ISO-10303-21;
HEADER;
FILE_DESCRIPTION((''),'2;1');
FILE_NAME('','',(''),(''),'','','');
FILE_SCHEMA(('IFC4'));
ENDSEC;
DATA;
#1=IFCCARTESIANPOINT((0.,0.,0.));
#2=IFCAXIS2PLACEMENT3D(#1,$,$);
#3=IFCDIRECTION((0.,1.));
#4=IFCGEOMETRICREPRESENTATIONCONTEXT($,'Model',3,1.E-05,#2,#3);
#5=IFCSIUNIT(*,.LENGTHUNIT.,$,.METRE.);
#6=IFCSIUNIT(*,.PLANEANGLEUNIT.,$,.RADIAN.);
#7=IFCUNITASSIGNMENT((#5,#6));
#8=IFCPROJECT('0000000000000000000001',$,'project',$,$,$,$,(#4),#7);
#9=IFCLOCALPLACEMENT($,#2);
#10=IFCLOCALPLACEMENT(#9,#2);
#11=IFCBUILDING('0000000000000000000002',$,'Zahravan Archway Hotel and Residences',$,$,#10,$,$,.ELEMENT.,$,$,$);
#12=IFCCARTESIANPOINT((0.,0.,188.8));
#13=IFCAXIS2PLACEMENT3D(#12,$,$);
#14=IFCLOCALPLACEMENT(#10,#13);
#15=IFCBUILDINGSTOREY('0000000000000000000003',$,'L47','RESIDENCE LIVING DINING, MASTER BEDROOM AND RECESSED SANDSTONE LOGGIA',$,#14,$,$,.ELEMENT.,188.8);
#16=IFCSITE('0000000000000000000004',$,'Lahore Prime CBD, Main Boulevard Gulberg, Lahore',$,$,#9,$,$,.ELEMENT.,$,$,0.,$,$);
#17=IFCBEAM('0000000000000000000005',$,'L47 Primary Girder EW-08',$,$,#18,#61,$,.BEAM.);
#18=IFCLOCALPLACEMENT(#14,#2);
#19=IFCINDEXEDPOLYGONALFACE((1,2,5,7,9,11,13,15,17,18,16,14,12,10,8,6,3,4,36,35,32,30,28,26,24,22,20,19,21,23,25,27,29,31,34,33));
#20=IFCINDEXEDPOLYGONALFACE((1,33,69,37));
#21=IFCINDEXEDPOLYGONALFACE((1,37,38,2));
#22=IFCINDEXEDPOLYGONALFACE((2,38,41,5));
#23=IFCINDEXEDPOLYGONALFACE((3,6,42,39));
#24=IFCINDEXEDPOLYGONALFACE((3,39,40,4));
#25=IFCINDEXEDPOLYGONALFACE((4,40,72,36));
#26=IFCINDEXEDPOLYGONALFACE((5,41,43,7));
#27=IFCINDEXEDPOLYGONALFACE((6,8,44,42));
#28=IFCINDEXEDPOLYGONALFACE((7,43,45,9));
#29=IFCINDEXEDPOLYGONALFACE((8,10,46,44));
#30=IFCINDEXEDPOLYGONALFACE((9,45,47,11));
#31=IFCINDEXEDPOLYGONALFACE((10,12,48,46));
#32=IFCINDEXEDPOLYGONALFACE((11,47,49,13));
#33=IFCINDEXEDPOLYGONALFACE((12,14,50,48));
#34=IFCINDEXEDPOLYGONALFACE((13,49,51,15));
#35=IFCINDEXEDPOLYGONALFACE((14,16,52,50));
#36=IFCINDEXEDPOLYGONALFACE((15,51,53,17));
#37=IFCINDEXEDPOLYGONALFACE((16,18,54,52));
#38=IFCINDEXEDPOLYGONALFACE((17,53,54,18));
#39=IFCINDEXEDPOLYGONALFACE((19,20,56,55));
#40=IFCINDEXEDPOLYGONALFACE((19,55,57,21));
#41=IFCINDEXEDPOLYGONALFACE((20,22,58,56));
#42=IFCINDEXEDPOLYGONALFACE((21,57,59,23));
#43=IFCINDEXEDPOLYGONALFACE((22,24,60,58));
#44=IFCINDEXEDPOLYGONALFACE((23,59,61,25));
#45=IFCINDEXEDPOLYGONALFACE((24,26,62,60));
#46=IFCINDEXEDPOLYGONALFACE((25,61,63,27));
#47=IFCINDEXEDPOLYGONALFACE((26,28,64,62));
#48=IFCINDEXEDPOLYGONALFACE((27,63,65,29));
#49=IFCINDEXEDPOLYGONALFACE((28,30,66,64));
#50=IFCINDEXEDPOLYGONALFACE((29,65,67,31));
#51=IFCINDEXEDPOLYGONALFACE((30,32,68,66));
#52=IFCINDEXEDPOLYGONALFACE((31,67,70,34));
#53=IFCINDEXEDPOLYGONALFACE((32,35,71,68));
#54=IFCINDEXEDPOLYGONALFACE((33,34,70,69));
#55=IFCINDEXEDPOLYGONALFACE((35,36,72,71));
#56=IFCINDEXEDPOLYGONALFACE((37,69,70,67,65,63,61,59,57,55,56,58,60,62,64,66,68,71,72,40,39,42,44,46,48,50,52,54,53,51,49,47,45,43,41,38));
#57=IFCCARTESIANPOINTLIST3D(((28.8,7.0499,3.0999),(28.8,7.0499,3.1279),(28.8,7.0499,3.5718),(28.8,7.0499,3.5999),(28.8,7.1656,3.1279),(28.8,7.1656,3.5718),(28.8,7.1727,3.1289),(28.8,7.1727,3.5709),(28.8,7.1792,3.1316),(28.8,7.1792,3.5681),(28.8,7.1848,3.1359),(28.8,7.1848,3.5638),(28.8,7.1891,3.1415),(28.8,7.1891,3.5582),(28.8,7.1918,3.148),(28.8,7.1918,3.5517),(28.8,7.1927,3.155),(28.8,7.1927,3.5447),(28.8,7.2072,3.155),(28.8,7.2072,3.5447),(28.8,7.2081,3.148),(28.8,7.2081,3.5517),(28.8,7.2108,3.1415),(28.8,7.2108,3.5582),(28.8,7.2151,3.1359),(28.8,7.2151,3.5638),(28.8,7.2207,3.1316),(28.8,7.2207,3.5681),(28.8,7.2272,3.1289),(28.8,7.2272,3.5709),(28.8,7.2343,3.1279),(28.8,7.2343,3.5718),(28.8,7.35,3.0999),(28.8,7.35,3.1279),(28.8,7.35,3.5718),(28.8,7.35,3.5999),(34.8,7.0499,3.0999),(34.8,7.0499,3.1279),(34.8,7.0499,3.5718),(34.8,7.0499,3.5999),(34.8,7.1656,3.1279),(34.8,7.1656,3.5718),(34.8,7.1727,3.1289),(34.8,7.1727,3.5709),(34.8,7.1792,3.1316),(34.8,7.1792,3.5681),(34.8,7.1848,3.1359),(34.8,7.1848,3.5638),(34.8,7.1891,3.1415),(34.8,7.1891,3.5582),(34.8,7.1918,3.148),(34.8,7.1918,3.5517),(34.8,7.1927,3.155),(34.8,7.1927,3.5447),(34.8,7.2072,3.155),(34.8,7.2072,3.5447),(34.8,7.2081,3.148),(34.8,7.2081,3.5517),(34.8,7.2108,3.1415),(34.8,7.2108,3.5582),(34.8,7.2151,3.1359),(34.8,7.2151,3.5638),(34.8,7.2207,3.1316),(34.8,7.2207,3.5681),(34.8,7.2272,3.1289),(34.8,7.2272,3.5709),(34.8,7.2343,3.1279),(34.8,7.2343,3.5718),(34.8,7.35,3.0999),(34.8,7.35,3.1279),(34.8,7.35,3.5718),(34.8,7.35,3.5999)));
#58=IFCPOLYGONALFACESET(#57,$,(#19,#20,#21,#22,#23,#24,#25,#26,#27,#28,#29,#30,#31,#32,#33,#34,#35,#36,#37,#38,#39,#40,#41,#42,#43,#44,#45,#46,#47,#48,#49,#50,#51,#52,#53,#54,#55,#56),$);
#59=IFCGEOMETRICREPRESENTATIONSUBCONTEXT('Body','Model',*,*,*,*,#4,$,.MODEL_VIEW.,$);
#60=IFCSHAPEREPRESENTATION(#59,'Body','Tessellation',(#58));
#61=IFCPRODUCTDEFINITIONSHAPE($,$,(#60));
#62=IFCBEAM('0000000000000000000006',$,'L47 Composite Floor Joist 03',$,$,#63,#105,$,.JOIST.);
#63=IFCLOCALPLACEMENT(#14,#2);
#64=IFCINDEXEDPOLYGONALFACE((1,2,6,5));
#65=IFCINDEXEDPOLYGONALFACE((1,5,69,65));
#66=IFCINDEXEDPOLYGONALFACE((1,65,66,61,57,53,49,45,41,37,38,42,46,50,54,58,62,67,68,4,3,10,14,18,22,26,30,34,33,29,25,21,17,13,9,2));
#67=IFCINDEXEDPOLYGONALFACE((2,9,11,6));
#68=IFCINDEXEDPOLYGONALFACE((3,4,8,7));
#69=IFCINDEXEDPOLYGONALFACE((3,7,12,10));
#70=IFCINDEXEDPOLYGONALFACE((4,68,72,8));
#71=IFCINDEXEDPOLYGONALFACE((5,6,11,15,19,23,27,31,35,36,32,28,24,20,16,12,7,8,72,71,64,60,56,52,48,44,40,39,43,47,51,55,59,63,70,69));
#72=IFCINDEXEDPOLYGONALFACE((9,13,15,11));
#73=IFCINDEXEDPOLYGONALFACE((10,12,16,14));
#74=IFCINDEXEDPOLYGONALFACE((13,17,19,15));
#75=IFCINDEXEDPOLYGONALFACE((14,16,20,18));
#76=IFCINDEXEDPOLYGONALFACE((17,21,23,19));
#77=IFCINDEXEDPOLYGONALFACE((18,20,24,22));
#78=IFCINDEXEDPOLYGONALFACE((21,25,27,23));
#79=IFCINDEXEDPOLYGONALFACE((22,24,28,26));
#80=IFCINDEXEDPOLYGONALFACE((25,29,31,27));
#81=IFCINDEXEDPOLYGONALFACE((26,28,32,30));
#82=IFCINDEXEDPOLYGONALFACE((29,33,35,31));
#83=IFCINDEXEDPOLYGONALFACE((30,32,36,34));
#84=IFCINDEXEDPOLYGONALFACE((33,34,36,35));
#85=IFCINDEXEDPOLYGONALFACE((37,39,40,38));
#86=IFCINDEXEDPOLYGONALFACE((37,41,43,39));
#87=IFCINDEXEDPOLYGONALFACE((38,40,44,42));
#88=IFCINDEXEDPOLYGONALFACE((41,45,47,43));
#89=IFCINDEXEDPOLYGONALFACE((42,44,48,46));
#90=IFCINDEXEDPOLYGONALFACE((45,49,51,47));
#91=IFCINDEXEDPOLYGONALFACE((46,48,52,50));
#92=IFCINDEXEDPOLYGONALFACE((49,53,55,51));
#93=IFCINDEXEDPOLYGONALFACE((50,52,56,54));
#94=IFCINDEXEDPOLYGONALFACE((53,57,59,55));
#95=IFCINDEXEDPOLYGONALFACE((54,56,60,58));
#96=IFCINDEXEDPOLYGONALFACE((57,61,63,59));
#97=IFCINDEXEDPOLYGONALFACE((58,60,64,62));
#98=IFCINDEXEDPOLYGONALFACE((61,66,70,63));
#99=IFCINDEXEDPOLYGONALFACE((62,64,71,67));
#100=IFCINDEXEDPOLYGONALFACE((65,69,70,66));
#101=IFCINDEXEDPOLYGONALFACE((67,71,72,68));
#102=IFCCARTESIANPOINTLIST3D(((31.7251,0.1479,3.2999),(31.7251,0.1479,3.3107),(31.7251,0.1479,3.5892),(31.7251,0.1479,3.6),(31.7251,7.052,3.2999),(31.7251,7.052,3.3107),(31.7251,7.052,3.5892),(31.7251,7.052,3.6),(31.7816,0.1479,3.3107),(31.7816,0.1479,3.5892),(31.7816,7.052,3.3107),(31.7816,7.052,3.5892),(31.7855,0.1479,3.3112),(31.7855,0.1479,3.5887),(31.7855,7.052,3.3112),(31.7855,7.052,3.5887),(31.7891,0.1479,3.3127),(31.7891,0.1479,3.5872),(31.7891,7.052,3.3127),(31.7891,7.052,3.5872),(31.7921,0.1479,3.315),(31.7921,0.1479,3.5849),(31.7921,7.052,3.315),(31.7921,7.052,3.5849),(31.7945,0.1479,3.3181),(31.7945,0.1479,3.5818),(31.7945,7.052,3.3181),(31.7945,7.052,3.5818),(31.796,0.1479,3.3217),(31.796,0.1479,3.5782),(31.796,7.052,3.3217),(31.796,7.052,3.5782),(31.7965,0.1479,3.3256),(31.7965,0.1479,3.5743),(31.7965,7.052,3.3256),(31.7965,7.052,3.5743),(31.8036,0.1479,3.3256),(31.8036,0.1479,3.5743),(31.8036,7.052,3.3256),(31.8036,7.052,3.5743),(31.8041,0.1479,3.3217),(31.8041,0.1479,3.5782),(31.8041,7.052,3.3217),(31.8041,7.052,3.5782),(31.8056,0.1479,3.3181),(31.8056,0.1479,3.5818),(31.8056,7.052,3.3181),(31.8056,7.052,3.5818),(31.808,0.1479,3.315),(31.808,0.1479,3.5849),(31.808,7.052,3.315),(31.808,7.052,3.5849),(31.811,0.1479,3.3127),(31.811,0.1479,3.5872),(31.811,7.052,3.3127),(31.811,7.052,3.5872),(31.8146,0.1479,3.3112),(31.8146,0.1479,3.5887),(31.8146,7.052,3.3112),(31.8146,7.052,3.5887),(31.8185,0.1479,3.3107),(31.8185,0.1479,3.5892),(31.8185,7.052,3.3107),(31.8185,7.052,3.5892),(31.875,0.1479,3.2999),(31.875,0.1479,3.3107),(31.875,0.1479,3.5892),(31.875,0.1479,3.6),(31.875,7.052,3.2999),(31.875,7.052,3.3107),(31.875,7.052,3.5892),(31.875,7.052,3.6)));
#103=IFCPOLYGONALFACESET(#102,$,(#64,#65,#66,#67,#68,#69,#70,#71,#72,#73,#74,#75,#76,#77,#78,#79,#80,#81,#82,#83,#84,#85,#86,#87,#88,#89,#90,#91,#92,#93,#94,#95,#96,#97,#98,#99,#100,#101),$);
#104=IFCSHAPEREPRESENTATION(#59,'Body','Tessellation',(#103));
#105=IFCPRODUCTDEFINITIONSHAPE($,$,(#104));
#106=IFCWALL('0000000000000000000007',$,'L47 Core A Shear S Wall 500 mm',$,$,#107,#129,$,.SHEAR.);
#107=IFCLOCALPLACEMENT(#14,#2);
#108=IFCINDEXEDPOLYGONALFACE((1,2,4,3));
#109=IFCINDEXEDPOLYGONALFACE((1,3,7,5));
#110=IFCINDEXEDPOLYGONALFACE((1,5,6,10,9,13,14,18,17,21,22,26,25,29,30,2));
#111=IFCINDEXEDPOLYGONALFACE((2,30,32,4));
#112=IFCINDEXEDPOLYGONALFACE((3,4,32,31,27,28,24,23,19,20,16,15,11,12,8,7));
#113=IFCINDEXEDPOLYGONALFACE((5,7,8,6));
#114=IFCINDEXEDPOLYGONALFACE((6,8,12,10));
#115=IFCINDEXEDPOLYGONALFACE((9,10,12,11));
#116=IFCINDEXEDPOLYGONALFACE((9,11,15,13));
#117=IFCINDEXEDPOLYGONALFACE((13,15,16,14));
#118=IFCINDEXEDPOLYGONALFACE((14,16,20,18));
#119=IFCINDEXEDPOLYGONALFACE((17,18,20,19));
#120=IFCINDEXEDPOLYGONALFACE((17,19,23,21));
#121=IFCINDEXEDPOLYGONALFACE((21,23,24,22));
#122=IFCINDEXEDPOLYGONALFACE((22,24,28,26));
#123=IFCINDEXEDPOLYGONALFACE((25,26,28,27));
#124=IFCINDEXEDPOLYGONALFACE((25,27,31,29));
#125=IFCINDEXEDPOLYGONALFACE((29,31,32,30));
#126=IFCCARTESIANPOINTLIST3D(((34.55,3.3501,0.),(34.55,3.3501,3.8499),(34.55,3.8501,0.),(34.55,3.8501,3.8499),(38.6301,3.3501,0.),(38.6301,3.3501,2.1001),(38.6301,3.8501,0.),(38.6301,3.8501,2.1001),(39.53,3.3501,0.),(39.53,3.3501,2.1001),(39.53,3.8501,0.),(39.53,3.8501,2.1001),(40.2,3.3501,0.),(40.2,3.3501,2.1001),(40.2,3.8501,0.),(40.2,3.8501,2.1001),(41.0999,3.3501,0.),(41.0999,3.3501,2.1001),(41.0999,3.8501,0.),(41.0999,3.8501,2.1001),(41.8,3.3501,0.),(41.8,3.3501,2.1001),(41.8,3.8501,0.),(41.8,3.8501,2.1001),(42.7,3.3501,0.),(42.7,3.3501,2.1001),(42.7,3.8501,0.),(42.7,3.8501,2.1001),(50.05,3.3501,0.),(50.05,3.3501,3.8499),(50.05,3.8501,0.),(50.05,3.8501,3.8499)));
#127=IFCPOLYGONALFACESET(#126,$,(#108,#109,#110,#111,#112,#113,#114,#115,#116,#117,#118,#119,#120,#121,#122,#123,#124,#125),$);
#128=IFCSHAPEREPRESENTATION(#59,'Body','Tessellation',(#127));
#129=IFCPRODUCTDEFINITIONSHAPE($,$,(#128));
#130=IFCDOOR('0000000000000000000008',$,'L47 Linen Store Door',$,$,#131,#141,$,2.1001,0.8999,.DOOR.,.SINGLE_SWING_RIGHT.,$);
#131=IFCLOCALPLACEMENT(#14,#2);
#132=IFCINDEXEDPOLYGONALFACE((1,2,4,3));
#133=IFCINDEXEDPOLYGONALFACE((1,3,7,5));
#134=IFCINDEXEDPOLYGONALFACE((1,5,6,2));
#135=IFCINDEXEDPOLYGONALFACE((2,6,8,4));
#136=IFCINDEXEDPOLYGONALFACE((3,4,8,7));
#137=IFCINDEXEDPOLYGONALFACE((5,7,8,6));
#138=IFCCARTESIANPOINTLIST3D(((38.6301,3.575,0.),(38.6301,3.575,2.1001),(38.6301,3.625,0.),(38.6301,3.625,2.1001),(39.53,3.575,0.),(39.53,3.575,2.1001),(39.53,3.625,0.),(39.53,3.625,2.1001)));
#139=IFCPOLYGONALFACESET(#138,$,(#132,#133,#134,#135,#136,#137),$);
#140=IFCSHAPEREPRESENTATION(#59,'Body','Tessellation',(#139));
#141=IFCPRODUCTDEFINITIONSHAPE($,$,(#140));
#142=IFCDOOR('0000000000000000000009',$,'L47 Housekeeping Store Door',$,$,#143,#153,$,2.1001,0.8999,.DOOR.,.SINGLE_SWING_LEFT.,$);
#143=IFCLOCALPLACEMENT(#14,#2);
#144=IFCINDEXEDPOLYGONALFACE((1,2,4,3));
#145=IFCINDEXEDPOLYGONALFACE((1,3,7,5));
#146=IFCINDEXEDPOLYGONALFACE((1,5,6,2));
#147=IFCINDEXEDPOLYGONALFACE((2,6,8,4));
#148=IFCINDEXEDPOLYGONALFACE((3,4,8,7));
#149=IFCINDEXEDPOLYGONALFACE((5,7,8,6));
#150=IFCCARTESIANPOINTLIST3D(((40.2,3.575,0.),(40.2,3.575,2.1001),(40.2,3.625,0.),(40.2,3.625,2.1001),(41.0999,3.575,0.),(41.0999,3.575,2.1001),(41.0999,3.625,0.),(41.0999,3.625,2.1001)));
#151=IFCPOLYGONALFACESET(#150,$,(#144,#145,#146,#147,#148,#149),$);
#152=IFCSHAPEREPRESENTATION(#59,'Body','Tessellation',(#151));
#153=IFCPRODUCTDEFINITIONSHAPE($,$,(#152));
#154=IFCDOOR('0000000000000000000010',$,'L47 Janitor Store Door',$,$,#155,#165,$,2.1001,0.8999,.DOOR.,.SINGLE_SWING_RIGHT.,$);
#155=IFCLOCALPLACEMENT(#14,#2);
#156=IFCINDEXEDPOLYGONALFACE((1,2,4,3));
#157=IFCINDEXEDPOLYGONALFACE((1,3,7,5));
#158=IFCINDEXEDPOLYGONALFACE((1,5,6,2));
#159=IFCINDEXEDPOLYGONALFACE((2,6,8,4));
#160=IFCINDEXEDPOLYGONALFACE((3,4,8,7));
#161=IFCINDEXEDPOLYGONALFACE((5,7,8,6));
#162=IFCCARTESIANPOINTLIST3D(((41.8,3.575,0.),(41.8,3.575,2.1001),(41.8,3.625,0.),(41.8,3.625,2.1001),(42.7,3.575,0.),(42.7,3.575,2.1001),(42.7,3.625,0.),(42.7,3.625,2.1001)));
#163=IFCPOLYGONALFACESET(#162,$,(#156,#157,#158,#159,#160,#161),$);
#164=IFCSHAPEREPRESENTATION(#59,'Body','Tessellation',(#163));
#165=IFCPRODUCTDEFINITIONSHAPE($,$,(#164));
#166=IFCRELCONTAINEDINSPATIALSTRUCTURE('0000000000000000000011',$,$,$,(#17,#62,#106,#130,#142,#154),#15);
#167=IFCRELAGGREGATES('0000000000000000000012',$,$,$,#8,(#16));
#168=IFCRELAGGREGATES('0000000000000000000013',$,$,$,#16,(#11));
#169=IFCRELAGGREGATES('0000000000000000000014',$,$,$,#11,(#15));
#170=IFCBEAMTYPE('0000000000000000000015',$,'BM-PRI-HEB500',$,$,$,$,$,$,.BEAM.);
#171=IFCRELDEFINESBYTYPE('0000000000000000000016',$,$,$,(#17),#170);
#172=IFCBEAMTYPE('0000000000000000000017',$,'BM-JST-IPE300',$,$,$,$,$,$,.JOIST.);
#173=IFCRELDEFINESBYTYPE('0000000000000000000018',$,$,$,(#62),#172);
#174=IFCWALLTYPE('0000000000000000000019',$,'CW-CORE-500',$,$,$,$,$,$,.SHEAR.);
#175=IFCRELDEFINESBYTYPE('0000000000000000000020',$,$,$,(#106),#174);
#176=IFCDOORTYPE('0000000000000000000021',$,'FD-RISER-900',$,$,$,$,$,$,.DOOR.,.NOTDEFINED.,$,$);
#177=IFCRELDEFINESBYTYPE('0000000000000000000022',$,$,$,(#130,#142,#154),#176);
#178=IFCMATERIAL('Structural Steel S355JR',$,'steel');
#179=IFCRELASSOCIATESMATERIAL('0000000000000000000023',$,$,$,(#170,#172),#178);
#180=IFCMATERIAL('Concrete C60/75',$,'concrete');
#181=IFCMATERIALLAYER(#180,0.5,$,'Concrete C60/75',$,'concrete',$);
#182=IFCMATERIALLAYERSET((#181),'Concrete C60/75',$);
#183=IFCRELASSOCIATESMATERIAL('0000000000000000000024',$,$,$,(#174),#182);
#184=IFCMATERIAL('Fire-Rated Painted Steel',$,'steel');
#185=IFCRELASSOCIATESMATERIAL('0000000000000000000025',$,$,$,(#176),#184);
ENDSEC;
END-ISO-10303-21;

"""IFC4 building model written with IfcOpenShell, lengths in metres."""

from ifc_helpers import new_model, si_unit, direction, frame, frame_2d, origin, origin_2d, place, context, subcontext, project, spatial, rectangle, i_section, extrude, source, transform, mapped, material, layer, layer_set, material_profile, profile_set, type_object, type_shapes, element, fill, save


model = new_model("IFC4")

# Units and contexts
model_context = context("Model", 3, precision=1e-05, world=origin(), true_north=direction((0.0, 1.0)))
body_context = subcontext(model_context, "Body", "Model", "MODEL_VIEW")
ifc_project = project(units=[si_unit("LENGTHUNIT", "METRE"), si_unit("PLANEANGLEUNIT", "RADIAN")], contexts=[model_context])

# Site, building, storey
site_placement = place(None, origin())
site = spatial("IfcSite", under=ifc_project, at=site_placement, Name="Lahore Prime CBD, Main Boulevard Gulberg, Lahore", CompositionType="ELEMENT", RefElevation=0.0)
building_placement = place(site_placement, origin())
building = spatial("IfcBuilding", under=site, at=building_placement, Name="Zahravan Archway Hotel and Residences", CompositionType="ELEMENT")
storey_placement = place(building_placement, frame((0.0, 0.0, 188.8)))
storey = spatial("IfcBuildingStorey", under=building, at=storey_placement, Name="L47", Description="RESIDENCE LIVING DINING, MASTER BEDROOM AND RECESSED SANDSTONE LOGGIA", CompositionType="ELEMENT", Elevation=188.8)

# Shared definitions
ifc_material_1 = material(Name="Concrete C60/75", Category="concrete")

# Beams
ifc_material_2 = material(Name="Structural Steel S355JR", Category="steel")
ifc_material_profile_1 = material_profile(ifc_material_2, i_section(OverallWidth=0.3, OverallDepth=0.5, WebThickness=0.0144, FlangeThickness=0.0281, FilletRadius=0.0271, at=origin_2d()), Name="HEB 500", Category="steel")
ifc_profile_set_1 = profile_set([ifc_material_profile_1], Name="Structural Steel S355JR")
beam_type_1 = type_object("IfcBeamType", Name="BM-PRI-HEB500", PredefinedType="BEAM", material=ifc_profile_set_1)
shared_shape_1 = source(origin(), body_context, "Body", "SweptSolid", [
    extrude(i_section(OverallWidth=0.3, OverallDepth=0.5, WebThickness=0.0144, FlangeThickness=0.0281, FilletRadius=0.0271, at=origin_2d()), origin(), (0.0, 0.0, 1.0), 6.0),
])
for number, where, z_axis, x_axis, name in (
    (1, (28.8, 7.2, 3.3499), (1.0, 0.0, 0.0), (0.0, 1.0, 0.0), "L47 Primary Girder EW-08"),
):
    element("IfcBeam", number, at=place(storey_placement, frame(where, z_axis=z_axis, x_axis=x_axis)), inside=storey, type_object=beam_type_1, Name=name, PredefinedType="BEAM", context=body_context, shape_type="MappedRepresentation", body=[
        mapped(shared_shape_1, transform((0.0, 0.0, 0.0), scale=1.0)),
    ])
ifc_material_profile_2 = material_profile(ifc_material_2, i_section(OverallWidth=0.1499, OverallDepth=0.3, WebThickness=0.0071, FlangeThickness=0.0107, FilletRadius=0.0149, at=origin_2d()), Name="IPE 300", Category="steel")
ifc_profile_set_2 = profile_set([ifc_material_profile_2], Name="Structural Steel S355JR")
beam_type_2 = type_object("IfcBeamType", Name="BM-JST-IPE300", PredefinedType="JOIST", material=ifc_profile_set_2)
shared_shape_2 = source(origin(), body_context, "Body", "SweptSolid", [
    extrude(i_section(OverallWidth=0.1499, OverallDepth=0.3, WebThickness=0.0071, FlangeThickness=0.0107, FilletRadius=0.0149, at=origin_2d()), origin(), (0.0, 0.0, 1.0), 6.9041),
])
type_shapes(beam_type_2, [shared_shape_2])
beam_placement = place(storey_placement, frame((31.8, 0.1479, 3.45), z_axis=(0.0, 1.0, 0.0), x_axis=(-1.0, 0.0, 0.0)))
element("IfcBeam", 2, at=beam_placement, inside=storey, type_object=beam_type_2, Name="L47 Composite Floor Joist 03", PredefinedType="JOIST", context=body_context, shape_type="MappedRepresentation", body=[
    mapped(shared_shape_2, transform((0.0, 0.0, 0.0), scale=1.0)),
])

# Wall, openings, doors
ifc_layer_1 = layer(ifc_material_1, 0.5, Name="Concrete C60/75", Category="concrete")
ifc_layer_set_1 = layer_set([ifc_layer_1], Name="Concrete C60/75")
wall_type_1 = type_object("IfcWallType", Name="CW-CORE-500", PredefinedType="SHEAR", material=ifc_layer_set_1)
wall_1_placement = place(storey_placement, frame((34.55, 3.6001, 0.0), z_axis=(0.0, 0.0, 1.0), x_axis=(1.0, 0.0, 0.0)))
wall_1 = element("IfcWall", 3, at=wall_1_placement, inside=storey, type_object=wall_type_1, Name="L47 Core A Shear S Wall 500 mm", PredefinedType="SHEAR", context=body_context, shape_type="SweptSolid", body=[
    extrude(rectangle(XDim=15.5, YDim=0.5, at=frame_2d((7.75, 0.0))), origin(), (0.0, 0.0, 1.0), 3.8499),
])
opening_1_placement = place(wall_1_placement, frame((4.0801, 0.0, 0.0)))
opening_1 = element("IfcOpeningElement", 4, at=opening_1_placement, cuts=wall_1, PredefinedType="OPENING", context=body_context, shape_type="SweptSolid", body=[
    extrude(rectangle(XDim=0.8999, YDim=2.1001, at=frame_2d((0.45, 1.05))), frame((0.0, 0.26, 0.0), z_axis=(0.0, -1.0, 0.0), x_axis=(1.0, 0.0, 0.0)), (0.0, 0.0, 1.0), 0.52),
])
opening_2_placement = place(wall_1_placement, frame((5.6499, 0.0, 0.0)))
opening_2 = element("IfcOpeningElement", 5, at=opening_2_placement, cuts=wall_1, PredefinedType="OPENING", context=body_context, shape_type="SweptSolid", body=[
    extrude(rectangle(XDim=0.8999, YDim=2.1001, at=frame_2d((0.45, 1.05))), frame((0.0, 0.26, 0.0), z_axis=(0.0, -1.0, 0.0), x_axis=(1.0, 0.0, 0.0)), (0.0, 0.0, 1.0), 0.52),
])
opening_3_placement = place(wall_1_placement, frame((7.25, 0.0, 0.0)))
opening_3 = element("IfcOpeningElement", 6, at=opening_3_placement, cuts=wall_1, PredefinedType="OPENING", context=body_context, shape_type="SweptSolid", body=[
    extrude(rectangle(XDim=0.8999, YDim=2.1001, at=frame_2d((0.45, 1.05))), frame((0.0, 0.26, 0.0), z_axis=(0.0, -1.0, 0.0), x_axis=(1.0, 0.0, 0.0)), (0.0, 0.0, 1.0), 0.52),
])
ifc_material_3 = material(Name="Fire-Rated Painted Steel", Category="steel")
door_type_1 = type_object("IfcDoorType", Name="FD-RISER-900", OperationType="NOTDEFINED", PredefinedType="DOOR", material=ifc_material_3)
shared_shape_3 = source(origin(), body_context, "Body", "SweptSolid", [
    extrude(rectangle(XDim=0.8999, YDim=2.1001, at=frame_2d((0.45, 1.05))), frame((0.0, 0.0249, 0.0), z_axis=(0.0, -1.0, 0.0), x_axis=(1.0, 0.0, 0.0)), (0.0, 0.0, 1.0), 0.05),
])
type_shapes(door_type_1, [shared_shape_3])
door_1_placement = place(opening_1_placement, origin())
door_1 = element("IfcDoor", 7, at=door_1_placement, inside=storey, type_object=door_type_1, Name="L47 Linen Store Door", OperationType="SINGLE_SWING_RIGHT", OverallHeight=2.1001, OverallWidth=0.8999, PredefinedType="DOOR", context=body_context, shape_type="MappedRepresentation", body=[
    mapped(shared_shape_3, transform((0.0, 0.0, 0.0), scale=1.0)),
])
fill(opening_1, door_1)
door_2_placement = place(opening_2_placement, origin())
door_2 = element("IfcDoor", 8, at=door_2_placement, inside=storey, type_object=door_type_1, Name="L47 Housekeeping Store Door", OperationType="SINGLE_SWING_LEFT", OverallHeight=2.1001, OverallWidth=0.8999, PredefinedType="DOOR", context=body_context, shape_type="MappedRepresentation", body=[
    mapped(shared_shape_3, transform((0.0, 0.0, 0.0), scale=1.0)),
])
fill(opening_2, door_2)
door_3_placement = place(opening_3_placement, origin())
door_3 = element("IfcDoor", 9, at=door_3_placement, inside=storey, type_object=door_type_1, Name="L47 Janitor Store Door", OperationType="SINGLE_SWING_RIGHT", OverallHeight=2.1001, OverallWidth=0.8999, PredefinedType="DOOR", context=body_context, shape_type="MappedRepresentation", body=[
    mapped(shared_shape_3, transform((0.0, 0.0, 0.0), scale=1.0)),
])
fill(opening_3, door_3)

save(model, "model.ifc")
